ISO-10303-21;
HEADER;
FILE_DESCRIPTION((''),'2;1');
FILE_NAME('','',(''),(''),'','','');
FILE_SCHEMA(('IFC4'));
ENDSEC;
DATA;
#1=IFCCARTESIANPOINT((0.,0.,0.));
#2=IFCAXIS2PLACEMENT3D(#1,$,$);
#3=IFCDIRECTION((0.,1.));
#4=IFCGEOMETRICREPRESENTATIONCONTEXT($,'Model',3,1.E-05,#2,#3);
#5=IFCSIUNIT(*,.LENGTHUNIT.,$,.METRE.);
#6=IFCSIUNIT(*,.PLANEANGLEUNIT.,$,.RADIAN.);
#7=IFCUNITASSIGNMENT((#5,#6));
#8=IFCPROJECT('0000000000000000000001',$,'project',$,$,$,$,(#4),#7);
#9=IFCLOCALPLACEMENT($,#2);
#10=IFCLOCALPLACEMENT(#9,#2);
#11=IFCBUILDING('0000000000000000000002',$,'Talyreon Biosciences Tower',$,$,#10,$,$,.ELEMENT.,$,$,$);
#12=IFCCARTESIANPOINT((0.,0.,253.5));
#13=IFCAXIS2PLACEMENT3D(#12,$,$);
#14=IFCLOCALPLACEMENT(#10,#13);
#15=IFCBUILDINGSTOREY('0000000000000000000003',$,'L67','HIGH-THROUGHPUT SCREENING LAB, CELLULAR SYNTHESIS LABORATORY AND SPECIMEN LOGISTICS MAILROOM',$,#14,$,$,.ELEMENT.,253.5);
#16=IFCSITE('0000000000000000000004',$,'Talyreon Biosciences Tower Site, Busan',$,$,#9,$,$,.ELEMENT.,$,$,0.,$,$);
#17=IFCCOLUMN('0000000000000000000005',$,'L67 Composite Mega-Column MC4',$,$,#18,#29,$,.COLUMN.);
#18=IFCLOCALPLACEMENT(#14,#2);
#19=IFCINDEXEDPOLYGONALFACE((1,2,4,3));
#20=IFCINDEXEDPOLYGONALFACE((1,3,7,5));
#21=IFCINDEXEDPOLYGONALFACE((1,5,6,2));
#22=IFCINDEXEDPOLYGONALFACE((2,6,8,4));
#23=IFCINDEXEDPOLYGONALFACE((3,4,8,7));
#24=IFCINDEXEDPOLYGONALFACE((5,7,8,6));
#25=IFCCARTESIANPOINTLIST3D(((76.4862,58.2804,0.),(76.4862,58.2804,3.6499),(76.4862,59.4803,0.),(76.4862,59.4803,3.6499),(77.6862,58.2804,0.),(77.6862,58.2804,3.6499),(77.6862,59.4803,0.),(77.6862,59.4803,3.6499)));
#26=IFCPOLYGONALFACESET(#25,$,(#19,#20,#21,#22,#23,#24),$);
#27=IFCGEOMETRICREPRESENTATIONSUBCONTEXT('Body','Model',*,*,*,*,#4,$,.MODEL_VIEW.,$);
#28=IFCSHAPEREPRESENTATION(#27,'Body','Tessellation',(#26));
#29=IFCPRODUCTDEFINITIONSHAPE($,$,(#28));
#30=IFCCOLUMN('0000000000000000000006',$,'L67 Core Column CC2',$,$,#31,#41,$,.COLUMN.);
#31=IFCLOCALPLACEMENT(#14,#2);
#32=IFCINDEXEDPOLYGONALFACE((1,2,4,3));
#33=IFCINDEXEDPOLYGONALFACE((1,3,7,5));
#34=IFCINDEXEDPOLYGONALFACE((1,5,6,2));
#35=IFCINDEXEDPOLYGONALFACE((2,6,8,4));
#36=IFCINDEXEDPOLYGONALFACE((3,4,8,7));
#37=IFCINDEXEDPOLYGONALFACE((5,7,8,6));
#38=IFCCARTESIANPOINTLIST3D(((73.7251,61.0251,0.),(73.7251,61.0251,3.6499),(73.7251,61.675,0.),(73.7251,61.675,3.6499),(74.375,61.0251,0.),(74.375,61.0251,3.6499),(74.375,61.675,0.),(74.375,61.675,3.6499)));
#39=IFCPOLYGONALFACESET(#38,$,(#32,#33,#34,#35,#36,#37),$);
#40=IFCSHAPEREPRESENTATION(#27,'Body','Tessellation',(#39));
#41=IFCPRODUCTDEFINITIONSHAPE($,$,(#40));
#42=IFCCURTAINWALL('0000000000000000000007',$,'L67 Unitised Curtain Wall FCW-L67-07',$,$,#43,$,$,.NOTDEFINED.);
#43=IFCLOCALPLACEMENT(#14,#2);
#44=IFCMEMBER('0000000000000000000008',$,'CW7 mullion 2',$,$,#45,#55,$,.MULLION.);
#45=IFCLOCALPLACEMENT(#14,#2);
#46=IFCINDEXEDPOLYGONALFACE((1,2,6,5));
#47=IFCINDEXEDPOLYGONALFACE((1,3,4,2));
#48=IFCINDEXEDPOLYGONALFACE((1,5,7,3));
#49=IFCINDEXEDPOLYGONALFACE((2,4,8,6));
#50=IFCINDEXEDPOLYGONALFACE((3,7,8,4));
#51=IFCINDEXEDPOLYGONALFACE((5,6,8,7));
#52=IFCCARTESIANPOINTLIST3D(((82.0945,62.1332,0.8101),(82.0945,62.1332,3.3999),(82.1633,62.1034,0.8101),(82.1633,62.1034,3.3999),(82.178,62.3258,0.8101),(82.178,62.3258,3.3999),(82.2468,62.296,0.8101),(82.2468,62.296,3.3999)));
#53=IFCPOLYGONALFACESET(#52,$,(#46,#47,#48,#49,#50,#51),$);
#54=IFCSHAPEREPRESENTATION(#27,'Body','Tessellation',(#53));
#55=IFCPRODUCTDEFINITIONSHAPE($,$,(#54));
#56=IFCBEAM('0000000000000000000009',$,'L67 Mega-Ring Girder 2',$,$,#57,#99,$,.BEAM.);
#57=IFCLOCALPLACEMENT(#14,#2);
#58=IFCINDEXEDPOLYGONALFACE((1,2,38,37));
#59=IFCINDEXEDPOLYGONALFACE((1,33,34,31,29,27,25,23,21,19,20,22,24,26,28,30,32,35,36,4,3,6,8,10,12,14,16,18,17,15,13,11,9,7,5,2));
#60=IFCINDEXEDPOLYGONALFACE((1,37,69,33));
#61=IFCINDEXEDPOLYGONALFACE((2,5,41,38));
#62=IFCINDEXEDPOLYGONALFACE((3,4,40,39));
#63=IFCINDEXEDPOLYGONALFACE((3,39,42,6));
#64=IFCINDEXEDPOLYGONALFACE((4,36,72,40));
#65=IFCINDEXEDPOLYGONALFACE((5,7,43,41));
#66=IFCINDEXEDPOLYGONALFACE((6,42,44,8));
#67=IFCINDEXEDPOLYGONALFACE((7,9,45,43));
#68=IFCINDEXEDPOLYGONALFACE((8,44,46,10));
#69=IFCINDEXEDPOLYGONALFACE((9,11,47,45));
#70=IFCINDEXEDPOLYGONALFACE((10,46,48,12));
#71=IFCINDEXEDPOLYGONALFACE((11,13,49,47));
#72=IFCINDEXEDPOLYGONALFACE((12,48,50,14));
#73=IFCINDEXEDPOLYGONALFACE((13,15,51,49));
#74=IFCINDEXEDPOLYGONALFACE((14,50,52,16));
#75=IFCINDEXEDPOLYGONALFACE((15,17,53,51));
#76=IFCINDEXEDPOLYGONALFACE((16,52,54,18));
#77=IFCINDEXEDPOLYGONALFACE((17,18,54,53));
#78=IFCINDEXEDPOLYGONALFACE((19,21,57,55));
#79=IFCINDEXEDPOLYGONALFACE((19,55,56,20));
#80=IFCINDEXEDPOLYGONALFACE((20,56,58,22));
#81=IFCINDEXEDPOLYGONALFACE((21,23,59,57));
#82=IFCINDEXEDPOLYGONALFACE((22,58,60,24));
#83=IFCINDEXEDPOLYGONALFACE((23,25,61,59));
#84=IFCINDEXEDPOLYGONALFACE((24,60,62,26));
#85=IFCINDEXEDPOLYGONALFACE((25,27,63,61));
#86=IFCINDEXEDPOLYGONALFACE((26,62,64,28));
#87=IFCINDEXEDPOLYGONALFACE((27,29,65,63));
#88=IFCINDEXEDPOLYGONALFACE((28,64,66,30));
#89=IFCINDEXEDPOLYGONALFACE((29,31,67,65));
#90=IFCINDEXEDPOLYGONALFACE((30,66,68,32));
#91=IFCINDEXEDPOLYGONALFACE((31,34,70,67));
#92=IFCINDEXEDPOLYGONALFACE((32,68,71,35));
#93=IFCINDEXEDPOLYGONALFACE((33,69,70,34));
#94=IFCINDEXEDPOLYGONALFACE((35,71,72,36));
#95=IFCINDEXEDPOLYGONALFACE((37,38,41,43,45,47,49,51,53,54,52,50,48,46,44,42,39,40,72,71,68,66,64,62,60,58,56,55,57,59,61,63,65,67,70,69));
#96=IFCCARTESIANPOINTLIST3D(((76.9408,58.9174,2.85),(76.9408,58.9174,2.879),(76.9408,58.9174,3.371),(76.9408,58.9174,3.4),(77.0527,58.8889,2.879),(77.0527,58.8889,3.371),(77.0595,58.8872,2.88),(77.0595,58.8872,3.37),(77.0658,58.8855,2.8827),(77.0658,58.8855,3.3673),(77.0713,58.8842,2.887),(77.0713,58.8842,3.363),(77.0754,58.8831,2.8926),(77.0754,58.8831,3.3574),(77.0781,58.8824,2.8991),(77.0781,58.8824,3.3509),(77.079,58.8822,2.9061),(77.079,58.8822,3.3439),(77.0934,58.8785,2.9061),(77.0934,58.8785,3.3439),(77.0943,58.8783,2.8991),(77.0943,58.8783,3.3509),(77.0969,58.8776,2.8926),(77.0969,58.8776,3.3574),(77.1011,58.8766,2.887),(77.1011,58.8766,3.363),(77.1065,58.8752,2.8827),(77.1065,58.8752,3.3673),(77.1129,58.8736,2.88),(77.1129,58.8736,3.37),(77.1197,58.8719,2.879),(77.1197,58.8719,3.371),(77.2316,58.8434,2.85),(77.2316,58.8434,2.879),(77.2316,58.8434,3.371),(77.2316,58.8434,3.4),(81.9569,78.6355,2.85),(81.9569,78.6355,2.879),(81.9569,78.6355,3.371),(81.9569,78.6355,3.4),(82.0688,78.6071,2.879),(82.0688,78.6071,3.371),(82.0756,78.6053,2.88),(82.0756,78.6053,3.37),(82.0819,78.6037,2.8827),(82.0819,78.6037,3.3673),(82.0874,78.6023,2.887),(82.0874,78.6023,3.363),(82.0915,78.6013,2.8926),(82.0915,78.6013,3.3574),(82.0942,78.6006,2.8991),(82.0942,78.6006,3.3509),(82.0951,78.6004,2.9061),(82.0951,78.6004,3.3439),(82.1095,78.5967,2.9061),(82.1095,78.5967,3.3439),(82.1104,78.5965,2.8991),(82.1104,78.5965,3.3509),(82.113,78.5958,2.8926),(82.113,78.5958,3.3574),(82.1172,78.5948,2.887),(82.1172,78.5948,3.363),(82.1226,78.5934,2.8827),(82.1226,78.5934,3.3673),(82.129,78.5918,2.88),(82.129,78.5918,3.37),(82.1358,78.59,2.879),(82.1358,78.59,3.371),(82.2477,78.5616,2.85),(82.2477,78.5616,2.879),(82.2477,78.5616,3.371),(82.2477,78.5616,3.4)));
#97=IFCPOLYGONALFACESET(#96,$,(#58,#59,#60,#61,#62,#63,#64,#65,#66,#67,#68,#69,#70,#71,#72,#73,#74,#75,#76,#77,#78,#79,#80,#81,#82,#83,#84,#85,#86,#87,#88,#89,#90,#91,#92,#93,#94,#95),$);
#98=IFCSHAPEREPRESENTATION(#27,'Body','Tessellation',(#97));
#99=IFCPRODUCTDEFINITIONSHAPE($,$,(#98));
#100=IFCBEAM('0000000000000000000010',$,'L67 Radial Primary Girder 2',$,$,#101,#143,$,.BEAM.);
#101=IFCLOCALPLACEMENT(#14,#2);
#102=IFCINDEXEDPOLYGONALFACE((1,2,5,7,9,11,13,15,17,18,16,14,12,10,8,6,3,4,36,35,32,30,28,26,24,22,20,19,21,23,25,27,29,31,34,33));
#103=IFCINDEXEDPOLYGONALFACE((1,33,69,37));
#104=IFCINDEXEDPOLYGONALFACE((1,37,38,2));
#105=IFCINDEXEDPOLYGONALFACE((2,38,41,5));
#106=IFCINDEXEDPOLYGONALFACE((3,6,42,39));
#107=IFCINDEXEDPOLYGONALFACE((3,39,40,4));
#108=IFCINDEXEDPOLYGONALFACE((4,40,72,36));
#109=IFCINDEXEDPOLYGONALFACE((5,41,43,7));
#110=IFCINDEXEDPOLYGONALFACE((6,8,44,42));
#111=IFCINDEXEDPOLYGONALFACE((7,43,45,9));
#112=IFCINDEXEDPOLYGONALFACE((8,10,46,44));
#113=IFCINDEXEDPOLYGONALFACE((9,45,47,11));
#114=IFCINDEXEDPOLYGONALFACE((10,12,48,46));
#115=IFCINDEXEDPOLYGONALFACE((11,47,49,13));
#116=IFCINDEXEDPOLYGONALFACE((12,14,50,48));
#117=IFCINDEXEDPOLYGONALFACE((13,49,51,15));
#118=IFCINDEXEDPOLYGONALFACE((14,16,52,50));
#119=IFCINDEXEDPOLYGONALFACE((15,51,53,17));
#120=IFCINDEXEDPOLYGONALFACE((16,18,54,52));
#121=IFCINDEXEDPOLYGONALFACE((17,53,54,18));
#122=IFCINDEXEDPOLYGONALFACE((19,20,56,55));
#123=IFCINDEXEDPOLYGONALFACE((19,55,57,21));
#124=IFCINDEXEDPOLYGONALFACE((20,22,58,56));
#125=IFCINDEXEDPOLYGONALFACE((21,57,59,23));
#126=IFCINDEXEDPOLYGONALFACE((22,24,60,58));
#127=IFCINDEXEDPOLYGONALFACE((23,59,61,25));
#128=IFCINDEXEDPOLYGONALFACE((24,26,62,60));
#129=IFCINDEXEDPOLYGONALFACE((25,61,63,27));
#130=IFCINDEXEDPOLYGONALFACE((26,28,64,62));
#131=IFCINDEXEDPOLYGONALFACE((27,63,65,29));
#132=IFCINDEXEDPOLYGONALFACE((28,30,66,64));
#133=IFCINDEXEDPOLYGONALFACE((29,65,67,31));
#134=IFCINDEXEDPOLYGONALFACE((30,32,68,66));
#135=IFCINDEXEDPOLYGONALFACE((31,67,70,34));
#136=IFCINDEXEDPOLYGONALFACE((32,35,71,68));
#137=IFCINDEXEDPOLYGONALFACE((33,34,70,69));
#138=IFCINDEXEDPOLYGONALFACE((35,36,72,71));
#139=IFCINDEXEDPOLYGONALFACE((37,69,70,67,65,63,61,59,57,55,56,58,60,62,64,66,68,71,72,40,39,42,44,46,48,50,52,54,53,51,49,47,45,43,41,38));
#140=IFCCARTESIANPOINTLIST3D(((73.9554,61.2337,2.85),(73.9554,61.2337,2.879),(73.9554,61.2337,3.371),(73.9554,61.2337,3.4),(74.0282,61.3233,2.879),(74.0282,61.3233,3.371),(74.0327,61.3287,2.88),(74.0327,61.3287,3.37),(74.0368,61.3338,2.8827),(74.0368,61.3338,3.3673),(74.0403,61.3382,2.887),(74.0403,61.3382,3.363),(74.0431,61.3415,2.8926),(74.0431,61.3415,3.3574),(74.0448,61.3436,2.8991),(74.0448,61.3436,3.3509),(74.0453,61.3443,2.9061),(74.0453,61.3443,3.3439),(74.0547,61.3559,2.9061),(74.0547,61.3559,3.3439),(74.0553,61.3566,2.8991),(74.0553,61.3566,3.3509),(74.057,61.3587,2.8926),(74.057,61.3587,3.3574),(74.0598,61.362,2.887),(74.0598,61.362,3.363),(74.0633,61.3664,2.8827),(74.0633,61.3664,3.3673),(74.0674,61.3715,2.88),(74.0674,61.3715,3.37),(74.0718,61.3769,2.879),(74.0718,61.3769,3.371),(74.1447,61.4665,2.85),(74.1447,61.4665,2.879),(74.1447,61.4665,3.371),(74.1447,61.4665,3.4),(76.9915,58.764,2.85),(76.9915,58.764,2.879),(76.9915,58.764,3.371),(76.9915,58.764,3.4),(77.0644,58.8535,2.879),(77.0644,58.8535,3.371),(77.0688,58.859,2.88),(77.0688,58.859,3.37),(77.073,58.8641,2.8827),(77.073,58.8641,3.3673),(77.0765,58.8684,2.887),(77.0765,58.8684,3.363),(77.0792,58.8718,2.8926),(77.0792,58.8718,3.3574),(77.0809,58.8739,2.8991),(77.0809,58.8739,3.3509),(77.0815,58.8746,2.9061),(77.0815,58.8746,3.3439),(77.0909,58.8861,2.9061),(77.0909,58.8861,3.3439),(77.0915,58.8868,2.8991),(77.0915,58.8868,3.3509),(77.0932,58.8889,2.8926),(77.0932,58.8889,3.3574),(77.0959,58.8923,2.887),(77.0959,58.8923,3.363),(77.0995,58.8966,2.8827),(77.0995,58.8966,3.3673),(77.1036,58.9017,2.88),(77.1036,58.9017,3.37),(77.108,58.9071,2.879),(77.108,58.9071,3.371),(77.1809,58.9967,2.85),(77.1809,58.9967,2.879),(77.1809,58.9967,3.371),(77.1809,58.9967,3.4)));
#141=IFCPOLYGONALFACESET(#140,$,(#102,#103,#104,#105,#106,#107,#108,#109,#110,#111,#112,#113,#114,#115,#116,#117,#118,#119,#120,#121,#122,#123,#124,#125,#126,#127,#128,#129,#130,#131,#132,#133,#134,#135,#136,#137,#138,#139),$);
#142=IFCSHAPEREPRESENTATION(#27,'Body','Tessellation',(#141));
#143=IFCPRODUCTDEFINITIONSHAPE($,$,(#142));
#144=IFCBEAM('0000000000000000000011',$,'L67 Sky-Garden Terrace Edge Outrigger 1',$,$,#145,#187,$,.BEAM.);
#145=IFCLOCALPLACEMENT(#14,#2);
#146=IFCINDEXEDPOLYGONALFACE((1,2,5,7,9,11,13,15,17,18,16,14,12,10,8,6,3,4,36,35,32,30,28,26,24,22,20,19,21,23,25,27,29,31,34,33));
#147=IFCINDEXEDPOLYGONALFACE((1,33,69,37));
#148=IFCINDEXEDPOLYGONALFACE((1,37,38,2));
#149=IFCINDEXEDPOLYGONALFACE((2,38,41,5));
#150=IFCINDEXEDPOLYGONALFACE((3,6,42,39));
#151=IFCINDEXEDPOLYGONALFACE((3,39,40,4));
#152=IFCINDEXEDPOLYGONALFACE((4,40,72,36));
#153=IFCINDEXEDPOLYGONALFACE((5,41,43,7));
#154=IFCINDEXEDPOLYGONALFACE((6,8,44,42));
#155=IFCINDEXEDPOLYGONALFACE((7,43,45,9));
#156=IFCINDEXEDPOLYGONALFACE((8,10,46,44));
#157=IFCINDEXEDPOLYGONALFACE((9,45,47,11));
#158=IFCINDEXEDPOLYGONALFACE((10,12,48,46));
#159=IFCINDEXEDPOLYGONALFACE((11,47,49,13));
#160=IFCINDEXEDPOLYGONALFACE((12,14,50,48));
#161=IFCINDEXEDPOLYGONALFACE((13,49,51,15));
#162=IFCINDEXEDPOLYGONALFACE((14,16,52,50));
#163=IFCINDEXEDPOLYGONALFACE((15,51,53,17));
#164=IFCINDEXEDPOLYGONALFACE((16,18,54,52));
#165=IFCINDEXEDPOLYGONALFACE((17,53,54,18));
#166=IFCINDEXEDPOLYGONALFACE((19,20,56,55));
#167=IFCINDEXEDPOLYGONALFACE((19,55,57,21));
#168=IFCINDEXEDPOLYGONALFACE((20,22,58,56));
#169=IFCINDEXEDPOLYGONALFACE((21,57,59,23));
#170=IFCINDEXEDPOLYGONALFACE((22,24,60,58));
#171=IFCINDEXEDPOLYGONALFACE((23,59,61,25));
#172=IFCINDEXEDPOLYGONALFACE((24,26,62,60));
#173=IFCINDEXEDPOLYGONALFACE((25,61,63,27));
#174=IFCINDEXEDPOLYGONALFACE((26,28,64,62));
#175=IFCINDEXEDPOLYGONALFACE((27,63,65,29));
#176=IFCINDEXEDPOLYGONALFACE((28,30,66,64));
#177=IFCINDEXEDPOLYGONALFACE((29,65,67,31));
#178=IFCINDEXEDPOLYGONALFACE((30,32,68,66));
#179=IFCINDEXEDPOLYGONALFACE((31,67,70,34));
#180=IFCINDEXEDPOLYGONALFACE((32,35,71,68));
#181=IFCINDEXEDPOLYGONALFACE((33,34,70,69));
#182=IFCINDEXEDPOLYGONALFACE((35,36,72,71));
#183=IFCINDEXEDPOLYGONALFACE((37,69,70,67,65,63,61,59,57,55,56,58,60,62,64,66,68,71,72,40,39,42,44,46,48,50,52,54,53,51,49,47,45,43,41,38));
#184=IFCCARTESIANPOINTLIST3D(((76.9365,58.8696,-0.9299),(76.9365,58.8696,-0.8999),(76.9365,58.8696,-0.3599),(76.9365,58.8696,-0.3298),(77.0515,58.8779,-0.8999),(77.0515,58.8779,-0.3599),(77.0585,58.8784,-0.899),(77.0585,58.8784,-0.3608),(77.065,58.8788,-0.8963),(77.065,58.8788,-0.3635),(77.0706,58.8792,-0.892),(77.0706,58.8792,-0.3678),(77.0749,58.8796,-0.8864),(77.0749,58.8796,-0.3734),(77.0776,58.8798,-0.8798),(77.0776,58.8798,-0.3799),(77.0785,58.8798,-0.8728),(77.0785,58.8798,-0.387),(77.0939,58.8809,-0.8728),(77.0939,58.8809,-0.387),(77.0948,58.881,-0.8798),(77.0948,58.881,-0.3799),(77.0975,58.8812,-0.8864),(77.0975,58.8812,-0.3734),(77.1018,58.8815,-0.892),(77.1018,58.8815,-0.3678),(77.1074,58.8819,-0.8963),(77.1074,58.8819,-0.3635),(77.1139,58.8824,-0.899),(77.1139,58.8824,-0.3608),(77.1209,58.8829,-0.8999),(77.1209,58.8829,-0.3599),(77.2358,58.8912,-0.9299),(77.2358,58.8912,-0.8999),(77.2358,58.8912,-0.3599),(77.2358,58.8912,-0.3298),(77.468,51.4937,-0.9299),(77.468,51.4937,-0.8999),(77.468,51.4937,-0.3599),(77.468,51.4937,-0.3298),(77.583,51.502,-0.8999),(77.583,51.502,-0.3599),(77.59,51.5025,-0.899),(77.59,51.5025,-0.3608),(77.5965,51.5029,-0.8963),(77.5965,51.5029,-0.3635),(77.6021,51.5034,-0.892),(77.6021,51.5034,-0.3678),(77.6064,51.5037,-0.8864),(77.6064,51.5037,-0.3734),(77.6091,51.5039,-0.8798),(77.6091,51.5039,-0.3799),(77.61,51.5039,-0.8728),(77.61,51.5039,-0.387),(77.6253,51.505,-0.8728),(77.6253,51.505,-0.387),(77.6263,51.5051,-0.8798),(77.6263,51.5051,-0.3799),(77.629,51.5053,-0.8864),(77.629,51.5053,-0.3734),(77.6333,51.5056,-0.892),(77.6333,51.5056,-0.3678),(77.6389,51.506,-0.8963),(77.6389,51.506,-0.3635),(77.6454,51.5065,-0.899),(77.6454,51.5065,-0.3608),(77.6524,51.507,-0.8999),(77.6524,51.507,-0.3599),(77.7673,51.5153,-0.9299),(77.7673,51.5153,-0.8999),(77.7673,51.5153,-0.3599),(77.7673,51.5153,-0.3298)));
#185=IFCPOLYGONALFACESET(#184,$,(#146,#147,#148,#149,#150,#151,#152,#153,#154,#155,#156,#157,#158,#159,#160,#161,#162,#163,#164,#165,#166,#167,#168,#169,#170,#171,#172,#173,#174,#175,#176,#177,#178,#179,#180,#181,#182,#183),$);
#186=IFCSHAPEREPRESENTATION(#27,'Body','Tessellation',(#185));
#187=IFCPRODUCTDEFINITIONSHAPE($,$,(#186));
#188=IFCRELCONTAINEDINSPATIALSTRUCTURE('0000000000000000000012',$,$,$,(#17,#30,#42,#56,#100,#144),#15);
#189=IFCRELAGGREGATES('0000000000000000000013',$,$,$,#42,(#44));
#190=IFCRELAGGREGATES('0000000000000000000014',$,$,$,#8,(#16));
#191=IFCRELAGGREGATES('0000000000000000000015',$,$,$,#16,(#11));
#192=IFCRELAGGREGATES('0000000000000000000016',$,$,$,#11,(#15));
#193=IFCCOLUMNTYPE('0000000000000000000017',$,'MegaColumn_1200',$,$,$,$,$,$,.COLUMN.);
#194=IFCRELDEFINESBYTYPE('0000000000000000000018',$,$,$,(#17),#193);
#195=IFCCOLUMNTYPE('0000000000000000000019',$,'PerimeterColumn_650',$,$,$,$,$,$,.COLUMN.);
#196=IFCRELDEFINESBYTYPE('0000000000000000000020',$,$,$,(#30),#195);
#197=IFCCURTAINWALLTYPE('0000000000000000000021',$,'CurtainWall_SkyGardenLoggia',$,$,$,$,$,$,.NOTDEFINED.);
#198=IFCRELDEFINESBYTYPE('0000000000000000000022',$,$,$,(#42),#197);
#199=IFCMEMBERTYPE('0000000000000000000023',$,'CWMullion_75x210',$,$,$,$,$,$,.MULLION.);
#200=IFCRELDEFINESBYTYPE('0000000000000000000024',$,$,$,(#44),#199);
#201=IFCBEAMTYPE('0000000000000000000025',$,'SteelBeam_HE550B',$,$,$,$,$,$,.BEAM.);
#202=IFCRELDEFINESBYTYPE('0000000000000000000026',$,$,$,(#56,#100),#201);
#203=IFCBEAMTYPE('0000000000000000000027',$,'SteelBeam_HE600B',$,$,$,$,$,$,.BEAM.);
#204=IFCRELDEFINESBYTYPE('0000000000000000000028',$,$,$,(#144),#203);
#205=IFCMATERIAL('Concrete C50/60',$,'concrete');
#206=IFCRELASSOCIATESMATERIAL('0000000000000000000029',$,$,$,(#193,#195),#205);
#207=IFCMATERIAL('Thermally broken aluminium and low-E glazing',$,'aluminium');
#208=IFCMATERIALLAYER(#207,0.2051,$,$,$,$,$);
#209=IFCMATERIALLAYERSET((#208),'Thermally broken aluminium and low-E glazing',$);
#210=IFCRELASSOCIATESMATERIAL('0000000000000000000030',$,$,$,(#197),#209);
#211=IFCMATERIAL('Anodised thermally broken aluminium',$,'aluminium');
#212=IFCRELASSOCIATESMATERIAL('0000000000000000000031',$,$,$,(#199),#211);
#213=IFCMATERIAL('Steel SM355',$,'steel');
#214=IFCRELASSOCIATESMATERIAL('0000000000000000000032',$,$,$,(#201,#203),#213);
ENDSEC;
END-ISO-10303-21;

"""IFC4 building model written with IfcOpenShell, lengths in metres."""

from ifc_helpers import new_model, si_unit, direction, frame, origin, origin_2d, place, context, subcontext, project, spatial, rectangle, i_section, extrude, material, layer, layer_set, material_profile, profile_set, type_object, element, aggregate, save


model = new_model("IFC4")

# Units and contexts
model_context = context("Model", 3, precision=1e-05, world=origin(), true_north=direction((0.0, 1.0)))
body_context = subcontext(model_context, "Body", "Model", "MODEL_VIEW")
ifc_project = project(units=[si_unit("LENGTHUNIT", "METRE"), si_unit("PLANEANGLEUNIT", "RADIAN")], contexts=[model_context])

# Site, building, storey
site_placement = place(None, origin())
site = spatial("IfcSite", under=ifc_project, at=site_placement, Name="Talyreon Biosciences Tower Site, Busan", CompositionType="ELEMENT", RefElevation=0.0)
building_placement = place(site_placement, origin())
building = spatial("IfcBuilding", under=site, at=building_placement, Name="Talyreon Biosciences Tower", CompositionType="ELEMENT")
storey_placement = place(building_placement, frame((0.0, 0.0, 253.5)))
storey = spatial("IfcBuildingStorey", under=building, at=storey_placement, Name="L67", Description="HIGH-THROUGHPUT SCREENING LAB, CELLULAR SYNTHESIS LABORATORY AND SPECIMEN LOGISTICS MAILROOM", CompositionType="ELEMENT", Elevation=253.5)

# Columns
ifc_material_1 = material(Name="Concrete C50/60", Category="concrete")
ifc_material_profile_1 = material_profile(ifc_material_1, rectangle(XDim=1.2, YDim=1.2, at=origin_2d()), Name="RC 1200x1200")
ifc_profile_set_1 = profile_set([ifc_material_profile_1], Name="Concrete C50/60")
column_type_1 = type_object("IfcColumnType", Name="MegaColumn_1200", PredefinedType="COLUMN", material=ifc_profile_set_1)
column_1_placement = place(storey_placement, frame((77.0862, 58.8804, 0.0), z_axis=(0.0, 0.0, 1.0), x_axis=(1.0, 0.0, 0.0)))
element("IfcColumn", 1, at=column_1_placement, inside=storey, type_object=column_type_1, Name="L67 Composite Mega-Column MC4", PredefinedType="COLUMN", context=body_context, shape_type="SweptSolid", body=[
    extrude(rectangle(XDim=1.2, YDim=1.2, at=origin_2d()), origin(), (0.0, 0.0, 1.0), 3.6499),
])
ifc_material_profile_2 = material_profile(ifc_material_1, rectangle(XDim=0.6499, YDim=0.6499, at=origin_2d()), Name="RC 650x650")
ifc_profile_set_2 = profile_set([ifc_material_profile_2], Name="Concrete C50/60")
column_type_2 = type_object("IfcColumnType", Name="PerimeterColumn_650", PredefinedType="COLUMN", material=ifc_profile_set_2)
column_2_placement = place(storey_placement, frame((74.05, 61.3501, 0.0), z_axis=(0.0, 0.0, 1.0), x_axis=(1.0, 0.0, 0.0)))
element("IfcColumn", 2, at=column_2_placement, inside=storey, type_object=column_type_2, Name="L67 Core Column CC2", PredefinedType="COLUMN", context=body_context, shape_type="SweptSolid", body=[
    extrude(rectangle(XDim=0.6499, YDim=0.6499, at=origin_2d()), origin(), (0.0, 0.0, 1.0), 3.6499),
])

# Curtain wall, member
ifc_material_2 = material(Name="Thermally broken aluminium and low-E glazing", Category="aluminium")
ifc_layer_1 = layer(ifc_material_2, 0.2051)
ifc_layer_set_1 = layer_set([ifc_layer_1], Name="Thermally broken aluminium and low-E glazing")
curtain_wall_type = type_object("IfcCurtainWallType", Name="CurtainWall_SkyGardenLoggia", PredefinedType="NOTDEFINED", material=ifc_layer_set_1)
curtain_wall_placement = place(storey_placement, origin())
curtain_wall = element("IfcCurtainWall", 3, at=curtain_wall_placement, inside=storey, type_object=curtain_wall_type, Name="L67 Unitised Curtain Wall FCW-L67-07", PredefinedType="NOTDEFINED")
ifc_material_3 = material(Name="Anodised thermally broken aluminium", Category="aluminium")
ifc_material_profile_3 = material_profile(ifc_material_3, rectangle(XDim=0.075, YDim=0.21, at=origin_2d()), Name="ALUM MULLION 75x210")
ifc_profile_set_3 = profile_set([ifc_material_profile_3], Name="Anodised thermally broken aluminium")
member_type = type_object("IfcMemberType", Name="CWMullion_75x210", PredefinedType="MULLION", material=ifc_profile_set_3)
member_placement = place(storey_placement, frame((82.1707, 62.2146, 0.8101), z_axis=(0.0, 0.0, 1.0), x_axis=(0.917587, -0.397536, 0.0)))
member = element("IfcMember", 4, at=member_placement, type_object=member_type, Name="CW7 mullion 2", PredefinedType="MULLION", context=body_context, shape_type="SweptSolid", body=[
    extrude(rectangle(XDim=0.075, YDim=0.21, at=origin_2d()), origin(), (0.0, 0.0, 1.0), 2.5898),
])
aggregate(curtain_wall, [member])

# Beams
ifc_material_4 = material(Name="Steel SM355", Category="steel")
ifc_material_profile_4 = material_profile(ifc_material_4, i_section(OverallWidth=0.3, OverallDepth=0.55, WebThickness=0.0149, FlangeThickness=0.0291, FilletRadius=0.0271, at=origin_2d()), Name="HE550B")
ifc_profile_set_4 = profile_set([ifc_material_profile_4], Name="Steel SM355")
beam_type_1 = type_object("IfcBeamType", Name="SteelBeam_HE550B", PredefinedType="BEAM", material=ifc_profile_set_4)
beam_1_placement = place(storey_placement, frame((77.0862, 58.8804, 3.125), z_axis=(0.246537, 0.969133, 0.0), x_axis=(-0.969133, 0.246537, 0.0)))
element("IfcBeam", 5, at=beam_1_placement, inside=storey, type_object=beam_type_1, Name="L67 Mega-Ring Girder 2", PredefinedType="BEAM", context=body_context, shape_type="SweptSolid", body=[
    extrude(i_section(OverallWidth=0.3, OverallDepth=0.55, WebThickness=0.0149, FlangeThickness=0.0291, FilletRadius=0.0271, at=origin_2d()), origin(), (0.0, 0.0, 1.0), 20.3462),
])
beam_2_placement = place(storey_placement, frame((74.05, 61.3501, 3.125), z_axis=(0.775755, -0.631034, 0.0), x_axis=(0.631034, 0.775755, 0.0)))
element("IfcBeam", 6, at=beam_2_placement, inside=storey, type_object=beam_type_1, Name="L67 Radial Primary Girder 2", PredefinedType="BEAM", context=body_context, shape_type="SweptSolid", body=[
    extrude(i_section(OverallWidth=0.3, OverallDepth=0.55, WebThickness=0.0149, FlangeThickness=0.0291, FilletRadius=0.0271, at=origin_2d()), origin(), (0.0, 0.0, 1.0), 3.9138),
])
ifc_material_profile_5 = material_profile(ifc_material_4, i_section(OverallWidth=0.3, OverallDepth=0.6001, WebThickness=0.0154, FlangeThickness=0.03, FilletRadius=0.0271, at=origin_2d()), Name="HE600B")
ifc_profile_set_5 = profile_set([ifc_material_profile_5], Name="Steel SM355")
beam_type_2 = type_object("IfcBeamType", Name="SteelBeam_HE600B", PredefinedType="BEAM", material=ifc_profile_set_5)
beam_3_placement = place(storey_placement, frame((77.0862, 58.8804, -0.6299), z_axis=(0.071871, -0.997414, 0.0), x_axis=(0.997414, 0.071871, 0.0)))
element("IfcBeam", 7, at=beam_3_placement, inside=storey, type_object=beam_type_2, Name="L67 Sky-Garden Terrace Edge Outrigger 1", PredefinedType="BEAM", context=body_context, shape_type="SweptSolid", body=[
    extrude(i_section(OverallWidth=0.3, OverallDepth=0.6001, WebThickness=0.0154, FlangeThickness=0.03, FilletRadius=0.0271, at=origin_2d()), origin(), (0.0, 0.0, 1.0), 7.395),
])

save(model, "model.ifc")
